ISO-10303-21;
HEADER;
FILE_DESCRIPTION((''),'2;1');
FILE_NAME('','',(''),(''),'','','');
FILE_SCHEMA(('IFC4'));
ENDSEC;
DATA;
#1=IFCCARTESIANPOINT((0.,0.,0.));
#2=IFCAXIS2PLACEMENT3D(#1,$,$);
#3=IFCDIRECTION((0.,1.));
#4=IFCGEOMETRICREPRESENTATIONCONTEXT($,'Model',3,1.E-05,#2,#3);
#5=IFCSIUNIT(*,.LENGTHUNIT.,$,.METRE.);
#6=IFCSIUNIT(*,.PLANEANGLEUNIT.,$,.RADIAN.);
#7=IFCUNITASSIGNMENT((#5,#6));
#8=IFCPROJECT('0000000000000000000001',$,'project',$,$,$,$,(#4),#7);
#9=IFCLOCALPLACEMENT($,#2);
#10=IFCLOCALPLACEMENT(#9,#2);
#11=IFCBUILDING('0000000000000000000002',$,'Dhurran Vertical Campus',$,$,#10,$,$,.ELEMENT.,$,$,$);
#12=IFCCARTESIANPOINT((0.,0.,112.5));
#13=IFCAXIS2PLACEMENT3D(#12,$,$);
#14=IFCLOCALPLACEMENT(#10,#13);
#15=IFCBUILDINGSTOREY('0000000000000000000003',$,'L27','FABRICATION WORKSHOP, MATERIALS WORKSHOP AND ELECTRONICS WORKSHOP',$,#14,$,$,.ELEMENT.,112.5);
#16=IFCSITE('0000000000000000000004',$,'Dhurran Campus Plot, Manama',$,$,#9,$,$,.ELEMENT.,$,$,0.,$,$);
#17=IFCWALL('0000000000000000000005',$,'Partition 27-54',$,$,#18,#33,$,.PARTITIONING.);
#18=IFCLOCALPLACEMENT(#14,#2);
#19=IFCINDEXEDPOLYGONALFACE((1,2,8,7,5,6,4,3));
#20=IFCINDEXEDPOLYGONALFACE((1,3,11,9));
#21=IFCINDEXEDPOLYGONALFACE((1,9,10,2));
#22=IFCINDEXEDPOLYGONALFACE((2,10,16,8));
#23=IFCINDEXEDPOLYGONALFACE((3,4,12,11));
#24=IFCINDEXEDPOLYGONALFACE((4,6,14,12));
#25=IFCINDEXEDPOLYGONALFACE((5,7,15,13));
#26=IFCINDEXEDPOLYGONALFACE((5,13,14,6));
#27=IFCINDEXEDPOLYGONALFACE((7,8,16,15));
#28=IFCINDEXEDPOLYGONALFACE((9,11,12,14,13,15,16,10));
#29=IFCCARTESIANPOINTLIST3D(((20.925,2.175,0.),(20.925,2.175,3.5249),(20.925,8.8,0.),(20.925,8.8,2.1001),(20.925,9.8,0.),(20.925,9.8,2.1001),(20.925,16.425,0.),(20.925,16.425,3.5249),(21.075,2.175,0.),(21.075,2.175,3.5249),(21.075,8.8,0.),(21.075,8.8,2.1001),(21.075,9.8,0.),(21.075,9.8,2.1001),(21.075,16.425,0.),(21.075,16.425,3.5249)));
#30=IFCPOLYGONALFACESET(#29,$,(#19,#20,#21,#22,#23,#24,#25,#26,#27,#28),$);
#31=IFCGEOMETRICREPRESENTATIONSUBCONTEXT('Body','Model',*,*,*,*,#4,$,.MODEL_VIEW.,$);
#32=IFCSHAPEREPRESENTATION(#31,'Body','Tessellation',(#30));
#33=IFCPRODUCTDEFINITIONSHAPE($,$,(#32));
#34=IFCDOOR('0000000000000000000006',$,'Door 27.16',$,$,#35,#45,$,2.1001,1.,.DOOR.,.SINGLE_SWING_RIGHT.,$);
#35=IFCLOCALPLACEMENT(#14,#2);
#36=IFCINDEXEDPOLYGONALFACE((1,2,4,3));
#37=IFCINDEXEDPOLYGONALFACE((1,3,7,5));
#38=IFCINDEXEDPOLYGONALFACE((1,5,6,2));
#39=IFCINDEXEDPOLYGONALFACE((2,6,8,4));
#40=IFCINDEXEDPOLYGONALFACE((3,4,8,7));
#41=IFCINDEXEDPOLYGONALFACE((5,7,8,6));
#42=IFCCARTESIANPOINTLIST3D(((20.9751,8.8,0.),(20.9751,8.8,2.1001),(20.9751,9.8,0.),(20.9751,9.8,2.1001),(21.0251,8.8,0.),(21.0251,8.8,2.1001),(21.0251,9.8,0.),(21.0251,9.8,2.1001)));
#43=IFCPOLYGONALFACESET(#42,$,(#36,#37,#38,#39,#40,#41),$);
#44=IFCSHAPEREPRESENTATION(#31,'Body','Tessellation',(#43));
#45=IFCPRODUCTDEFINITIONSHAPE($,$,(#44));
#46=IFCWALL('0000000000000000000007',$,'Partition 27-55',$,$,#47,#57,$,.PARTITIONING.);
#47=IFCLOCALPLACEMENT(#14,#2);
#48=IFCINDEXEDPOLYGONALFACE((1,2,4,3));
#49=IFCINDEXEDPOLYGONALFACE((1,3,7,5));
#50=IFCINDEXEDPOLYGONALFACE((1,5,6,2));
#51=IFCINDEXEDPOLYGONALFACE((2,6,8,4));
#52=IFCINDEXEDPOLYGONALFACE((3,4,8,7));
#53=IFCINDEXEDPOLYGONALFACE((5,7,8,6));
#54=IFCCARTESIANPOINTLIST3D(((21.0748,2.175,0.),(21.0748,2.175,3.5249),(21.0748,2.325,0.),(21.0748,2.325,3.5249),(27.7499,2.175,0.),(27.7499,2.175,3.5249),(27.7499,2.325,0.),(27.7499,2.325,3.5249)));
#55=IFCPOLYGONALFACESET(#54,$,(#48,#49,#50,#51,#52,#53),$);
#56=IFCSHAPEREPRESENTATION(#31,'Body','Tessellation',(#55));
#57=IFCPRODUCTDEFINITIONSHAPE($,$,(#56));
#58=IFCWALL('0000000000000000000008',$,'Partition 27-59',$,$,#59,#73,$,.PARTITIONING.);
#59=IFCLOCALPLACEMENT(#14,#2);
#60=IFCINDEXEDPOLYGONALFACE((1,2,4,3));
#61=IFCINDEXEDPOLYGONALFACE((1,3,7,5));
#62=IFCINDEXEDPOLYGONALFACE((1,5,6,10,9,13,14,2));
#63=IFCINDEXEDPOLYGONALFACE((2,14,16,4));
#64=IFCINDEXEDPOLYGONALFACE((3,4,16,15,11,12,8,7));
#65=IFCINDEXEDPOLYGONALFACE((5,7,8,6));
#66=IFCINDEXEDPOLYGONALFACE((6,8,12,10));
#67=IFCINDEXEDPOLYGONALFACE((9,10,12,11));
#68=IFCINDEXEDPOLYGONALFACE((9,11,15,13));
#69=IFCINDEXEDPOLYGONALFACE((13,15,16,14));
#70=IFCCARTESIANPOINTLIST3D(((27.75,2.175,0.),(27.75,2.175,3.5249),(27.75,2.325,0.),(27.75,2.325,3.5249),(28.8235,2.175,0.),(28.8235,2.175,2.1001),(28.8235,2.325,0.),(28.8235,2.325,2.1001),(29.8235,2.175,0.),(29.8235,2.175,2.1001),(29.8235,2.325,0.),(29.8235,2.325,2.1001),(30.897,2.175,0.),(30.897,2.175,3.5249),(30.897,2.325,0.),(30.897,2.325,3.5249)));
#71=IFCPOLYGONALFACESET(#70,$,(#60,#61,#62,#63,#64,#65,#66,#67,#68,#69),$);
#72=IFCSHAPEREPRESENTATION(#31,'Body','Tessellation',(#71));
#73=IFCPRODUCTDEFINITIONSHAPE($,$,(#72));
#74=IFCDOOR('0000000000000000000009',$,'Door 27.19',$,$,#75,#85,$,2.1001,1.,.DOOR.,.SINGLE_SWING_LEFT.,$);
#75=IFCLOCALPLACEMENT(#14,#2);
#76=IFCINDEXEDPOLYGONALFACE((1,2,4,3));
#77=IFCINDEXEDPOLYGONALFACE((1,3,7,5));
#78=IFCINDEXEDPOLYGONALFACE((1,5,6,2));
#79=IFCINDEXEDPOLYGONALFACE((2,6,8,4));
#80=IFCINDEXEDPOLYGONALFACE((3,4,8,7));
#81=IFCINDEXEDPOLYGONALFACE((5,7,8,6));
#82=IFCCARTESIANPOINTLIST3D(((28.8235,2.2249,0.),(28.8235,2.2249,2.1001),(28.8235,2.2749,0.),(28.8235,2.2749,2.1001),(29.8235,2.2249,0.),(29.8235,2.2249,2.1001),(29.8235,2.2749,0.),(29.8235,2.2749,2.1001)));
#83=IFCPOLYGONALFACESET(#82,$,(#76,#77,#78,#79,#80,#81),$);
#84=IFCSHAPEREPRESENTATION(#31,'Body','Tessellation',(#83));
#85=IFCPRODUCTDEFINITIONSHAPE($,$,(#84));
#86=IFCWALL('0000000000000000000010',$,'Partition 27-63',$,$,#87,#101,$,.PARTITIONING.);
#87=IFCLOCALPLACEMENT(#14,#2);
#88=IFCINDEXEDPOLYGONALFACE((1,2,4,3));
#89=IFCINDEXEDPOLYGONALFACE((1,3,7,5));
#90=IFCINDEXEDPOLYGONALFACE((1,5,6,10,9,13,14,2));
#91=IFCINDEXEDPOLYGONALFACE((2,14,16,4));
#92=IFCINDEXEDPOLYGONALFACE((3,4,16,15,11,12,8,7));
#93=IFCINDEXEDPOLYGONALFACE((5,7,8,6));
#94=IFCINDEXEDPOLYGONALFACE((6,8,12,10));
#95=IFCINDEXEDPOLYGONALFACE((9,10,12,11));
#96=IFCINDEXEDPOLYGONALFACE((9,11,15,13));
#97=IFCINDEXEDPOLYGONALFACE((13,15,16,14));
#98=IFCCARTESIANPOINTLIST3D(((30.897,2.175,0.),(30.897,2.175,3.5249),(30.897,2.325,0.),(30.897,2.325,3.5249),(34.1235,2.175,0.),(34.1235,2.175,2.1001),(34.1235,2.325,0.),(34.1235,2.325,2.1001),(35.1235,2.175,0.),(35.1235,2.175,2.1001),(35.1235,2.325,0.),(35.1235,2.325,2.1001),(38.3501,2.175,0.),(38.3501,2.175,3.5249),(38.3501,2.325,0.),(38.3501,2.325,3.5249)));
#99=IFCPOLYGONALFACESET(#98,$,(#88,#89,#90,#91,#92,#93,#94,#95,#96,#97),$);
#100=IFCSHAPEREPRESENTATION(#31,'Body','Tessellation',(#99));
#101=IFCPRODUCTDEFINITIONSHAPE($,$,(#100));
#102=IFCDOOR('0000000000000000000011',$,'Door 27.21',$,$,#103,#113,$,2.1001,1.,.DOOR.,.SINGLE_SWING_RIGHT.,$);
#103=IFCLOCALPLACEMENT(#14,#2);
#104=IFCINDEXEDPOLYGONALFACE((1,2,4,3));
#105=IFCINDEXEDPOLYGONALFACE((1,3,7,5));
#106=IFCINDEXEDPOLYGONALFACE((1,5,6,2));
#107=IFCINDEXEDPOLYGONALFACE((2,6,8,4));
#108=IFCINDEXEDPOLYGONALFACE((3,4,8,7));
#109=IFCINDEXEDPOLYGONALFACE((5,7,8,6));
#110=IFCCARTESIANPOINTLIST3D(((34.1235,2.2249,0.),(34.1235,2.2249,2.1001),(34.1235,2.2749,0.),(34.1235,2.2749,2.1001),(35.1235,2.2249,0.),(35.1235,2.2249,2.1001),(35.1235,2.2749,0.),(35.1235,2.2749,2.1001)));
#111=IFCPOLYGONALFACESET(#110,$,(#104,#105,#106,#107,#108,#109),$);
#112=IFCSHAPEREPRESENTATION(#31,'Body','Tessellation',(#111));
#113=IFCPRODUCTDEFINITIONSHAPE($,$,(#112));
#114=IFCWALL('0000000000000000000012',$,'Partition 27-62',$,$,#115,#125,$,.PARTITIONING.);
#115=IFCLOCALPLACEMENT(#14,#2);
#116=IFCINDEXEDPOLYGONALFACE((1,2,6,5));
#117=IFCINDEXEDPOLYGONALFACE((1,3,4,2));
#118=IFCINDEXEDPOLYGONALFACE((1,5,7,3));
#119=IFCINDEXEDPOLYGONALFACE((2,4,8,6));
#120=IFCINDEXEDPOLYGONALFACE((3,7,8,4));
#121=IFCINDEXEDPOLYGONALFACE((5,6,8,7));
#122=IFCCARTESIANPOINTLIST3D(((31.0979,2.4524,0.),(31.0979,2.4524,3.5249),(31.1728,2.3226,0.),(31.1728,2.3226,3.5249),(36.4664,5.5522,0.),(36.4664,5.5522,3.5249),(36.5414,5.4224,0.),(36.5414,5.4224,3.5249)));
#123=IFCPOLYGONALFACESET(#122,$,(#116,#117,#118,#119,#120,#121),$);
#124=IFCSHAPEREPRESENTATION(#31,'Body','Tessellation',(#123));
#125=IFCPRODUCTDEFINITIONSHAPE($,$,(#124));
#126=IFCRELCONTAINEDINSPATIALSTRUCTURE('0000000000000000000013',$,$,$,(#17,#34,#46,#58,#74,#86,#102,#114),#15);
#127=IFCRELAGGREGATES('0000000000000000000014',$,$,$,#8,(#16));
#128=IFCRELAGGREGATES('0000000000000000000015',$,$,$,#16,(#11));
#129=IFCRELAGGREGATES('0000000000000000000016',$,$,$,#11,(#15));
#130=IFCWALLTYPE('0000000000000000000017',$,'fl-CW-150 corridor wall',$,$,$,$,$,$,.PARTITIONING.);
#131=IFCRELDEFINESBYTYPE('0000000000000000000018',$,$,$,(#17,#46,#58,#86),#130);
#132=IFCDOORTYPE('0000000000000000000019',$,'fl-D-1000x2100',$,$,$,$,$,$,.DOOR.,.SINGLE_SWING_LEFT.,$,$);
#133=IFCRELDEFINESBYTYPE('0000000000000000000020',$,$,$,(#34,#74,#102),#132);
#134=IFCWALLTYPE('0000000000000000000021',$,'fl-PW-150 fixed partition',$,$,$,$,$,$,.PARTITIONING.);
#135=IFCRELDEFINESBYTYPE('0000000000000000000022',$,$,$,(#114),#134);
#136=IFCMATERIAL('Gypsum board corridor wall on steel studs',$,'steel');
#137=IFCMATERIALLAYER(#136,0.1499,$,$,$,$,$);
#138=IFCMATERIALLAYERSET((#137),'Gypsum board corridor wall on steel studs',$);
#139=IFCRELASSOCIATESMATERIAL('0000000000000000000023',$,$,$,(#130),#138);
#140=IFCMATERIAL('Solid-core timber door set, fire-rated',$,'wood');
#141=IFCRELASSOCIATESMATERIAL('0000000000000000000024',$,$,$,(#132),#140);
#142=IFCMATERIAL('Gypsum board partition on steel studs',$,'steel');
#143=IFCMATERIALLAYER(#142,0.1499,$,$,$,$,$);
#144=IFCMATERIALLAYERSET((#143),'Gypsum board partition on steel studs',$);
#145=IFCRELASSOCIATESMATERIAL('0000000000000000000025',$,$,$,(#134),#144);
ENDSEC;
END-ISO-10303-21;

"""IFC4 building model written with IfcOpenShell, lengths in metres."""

from ifc_helpers import new_model, si_unit, direction, frame, frame_2d, origin, place, context, subcontext, project, spatial, rectangle, extrude, material, layer, layer_set, type_object, element, fill, save


model = new_model("IFC4")

# Units and contexts
model_context = context("Model", 3, precision=1e-05, world=origin(), true_north=direction((0.0, 1.0)))
body_context = subcontext(model_context, "Body", "Model", "MODEL_VIEW")
ifc_project = project(units=[si_unit("LENGTHUNIT", "METRE"), si_unit("PLANEANGLEUNIT", "RADIAN")], contexts=[model_context])

# Site, building, storey
site_placement = place(None, origin())
site = spatial("IfcSite", under=ifc_project, at=site_placement, Name="Dhurran Campus Plot, Manama", CompositionType="ELEMENT", RefElevation=0.0)
building_placement = place(site_placement, origin())
building = spatial("IfcBuilding", under=site, at=building_placement, Name="Dhurran Vertical Campus", CompositionType="ELEMENT")
storey_placement = place(building_placement, frame((0.0, 0.0, 112.5)))
storey = spatial("IfcBuildingStorey", under=building, at=storey_placement, Name="L27", Description="FABRICATION WORKSHOP, MATERIALS WORKSHOP AND ELECTRONICS WORKSHOP", CompositionType="ELEMENT", Elevation=112.5)

# Wall, opening, door
ifc_material_1 = material(Name="Gypsum board corridor wall on steel studs", Category="steel")
ifc_layer_1 = layer(ifc_material_1, 0.1499)
ifc_layer_set_1 = layer_set([ifc_layer_1], Name="Gypsum board corridor wall on steel studs")
wall_type_1 = type_object("IfcWallType", Name="fl-CW-150 corridor wall", PredefinedType="PARTITIONING", material=ifc_layer_set_1)
wall_1_placement = place(storey_placement, frame((21.0, 2.175, 0.0), z_axis=(0.0, 0.0, 1.0), x_axis=(0.0, 1.0, 0.0)))
wall_1 = element("IfcWall", 1, at=wall_1_placement, inside=storey, type_object=wall_type_1, Name="Partition 27-54", PredefinedType="PARTITIONING", context=body_context, shape_type="SweptSolid", body=[
    extrude(rectangle(XDim=14.25, YDim=0.1499, at=frame_2d((7.125, 0.0))), origin(), (0.0, 0.0, 1.0), 3.5249),
])
opening_1_placement = place(wall_1_placement, frame((6.625, 0.0, 0.0)))
opening_1 = element("IfcOpeningElement", 2, at=opening_1_placement, cuts=wall_1, PredefinedType="OPENING", context=body_context, shape_type="SweptSolid", body=[
    extrude(rectangle(XDim=1.0, YDim=2.1001, at=frame_2d((0.5, 1.05))), frame((0.0, 0.085, 0.0), z_axis=(0.0, -1.0, 0.0), x_axis=(1.0, 0.0, 0.0)), (0.0, 0.0, 1.0), 0.1699),
])
ifc_material_2 = material(Name="Solid-core timber door set, fire-rated", Category="wood")
door_type_1 = type_object("IfcDoorType", Name="fl-D-1000x2100", OperationType="SINGLE_SWING_LEFT", PredefinedType="DOOR", material=ifc_material_2)
door_1_placement = place(opening_1_placement, origin())
door_1 = element("IfcDoor", 3, at=door_1_placement, inside=storey, type_object=door_type_1, Name="Door 27.16", OperationType="SINGLE_SWING_RIGHT", OverallHeight=2.1001, OverallWidth=1.0, PredefinedType="DOOR", context=body_context, shape_type="SweptSolid", body=[
    extrude(rectangle(XDim=1.0, YDim=2.1001, at=frame_2d((0.5, 1.05))), frame((0.0, 0.0249, 0.0), z_axis=(0.0, -1.0, 0.0), x_axis=(1.0, 0.0, 0.0)), (0.0, 0.0, 1.0), 0.05),
])
fill(opening_1, door_1)

# Wall
wall_2_placement = place(storey_placement, frame((21.075, 2.25, 0.0), z_axis=(0.0, 0.0, 1.0), x_axis=(1.0, 0.0, 0.0)))
element("IfcWall", 4, at=wall_2_placement, inside=storey, type_object=wall_type_1, Name="Partition 27-55", PredefinedType="PARTITIONING", context=body_context, shape_type="SweptSolid", body=[
    extrude(rectangle(XDim=6.675, YDim=0.1499, at=frame_2d((3.3374, 0.0))), origin(), (0.0, 0.0, 1.0), 3.5249),
])

# Walls, openings, doors
wall_3_placement = place(storey_placement, frame((27.75, 2.25, 0.0), z_axis=(0.0, 0.0, 1.0), x_axis=(1.0, 0.0, 0.0)))
wall_3 = element("IfcWall", 5, at=wall_3_placement, inside=storey, type_object=wall_type_1, Name="Partition 27-59", PredefinedType="PARTITIONING", context=body_context, shape_type="SweptSolid", body=[
    extrude(rectangle(XDim=3.147, YDim=0.1499, at=frame_2d((1.5735, 0.0))), origin(), (0.0, 0.0, 1.0), 3.5249),
])
opening_2_placement = place(wall_3_placement, frame((1.0735, 0.0, 0.0)))
opening_2 = element("IfcOpeningElement", 6, at=opening_2_placement, cuts=wall_3, PredefinedType="OPENING", context=body_context, shape_type="SweptSolid", body=[
    extrude(rectangle(XDim=1.0, YDim=2.1001, at=frame_2d((0.5, 1.05))), frame((0.0, 0.085, 0.0), z_axis=(0.0, -1.0, 0.0), x_axis=(1.0, 0.0, 0.0)), (0.0, 0.0, 1.0), 0.1699),
])
door_2_placement = place(opening_2_placement, origin())
door_2 = element("IfcDoor", 7, at=door_2_placement, inside=storey, type_object=door_type_1, Name="Door 27.19", OperationType="SINGLE_SWING_LEFT", OverallHeight=2.1001, OverallWidth=1.0, PredefinedType="DOOR", context=body_context, shape_type="SweptSolid", body=[
    extrude(rectangle(XDim=1.0, YDim=2.1001, at=frame_2d((0.5, 1.05))), frame((0.0, 0.0249, 0.0), z_axis=(0.0, -1.0, 0.0), x_axis=(1.0, 0.0, 0.0)), (0.0, 0.0, 1.0), 0.05),
])
fill(opening_2, door_2)
wall_4_placement = place(storey_placement, frame((30.897, 2.25, 0.0), z_axis=(0.0, 0.0, 1.0), x_axis=(1.0, 0.0, 0.0)))
wall_4 = element("IfcWall", 8, at=wall_4_placement, inside=storey, type_object=wall_type_1, Name="Partition 27-63", PredefinedType="PARTITIONING", context=body_context, shape_type="SweptSolid", body=[
    extrude(rectangle(XDim=7.4531, YDim=0.1499, at=frame_2d((3.7266, 0.0))), origin(), (0.0, 0.0, 1.0), 3.5249),
])
opening_3_placement = place(wall_4_placement, frame((3.2266, 0.0, 0.0)))
opening_3 = element("IfcOpeningElement", 9, at=opening_3_placement, cuts=wall_4, PredefinedType="OPENING", context=body_context, shape_type="SweptSolid", body=[
    extrude(rectangle(XDim=1.0, YDim=2.1001, at=frame_2d((0.5, 1.05))), frame((0.0, 0.085, 0.0), z_axis=(0.0, -1.0, 0.0), x_axis=(1.0, 0.0, 0.0)), (0.0, 0.0, 1.0), 0.1699),
])
door_3_placement = place(opening_3_placement, origin())
door_3 = element("IfcDoor", 10, at=door_3_placement, inside=storey, type_object=door_type_1, Name="Door 27.21", OperationType="SINGLE_SWING_RIGHT", OverallHeight=2.1001, OverallWidth=1.0, PredefinedType="DOOR", context=body_context, shape_type="SweptSolid", body=[
    extrude(rectangle(XDim=1.0, YDim=2.1001, at=frame_2d((0.5, 1.05))), frame((0.0, 0.0249, 0.0), z_axis=(0.0, -1.0, 0.0), x_axis=(1.0, 0.0, 0.0)), (0.0, 0.0, 1.0), 0.05),
])
fill(opening_3, door_3)

# Wall
ifc_material_3 = material(Name="Gypsum board partition on steel studs", Category="steel")
ifc_layer_2 = layer(ifc_material_3, 0.1499)
ifc_layer_set_2 = layer_set([ifc_layer_2], Name="Gypsum board partition on steel studs")
wall_type_2 = type_object("IfcWallType", Name="fl-PW-150 fixed partition", PredefinedType="PARTITIONING", material=ifc_layer_set_2)
wall_5_placement = place(storey_placement, frame((36.5039, 5.4873, 0.0), z_axis=(0.0, 0.0, 1.0), x_axis=(-0.866007, -0.500032, 0.0)))
element("IfcWall", 11, at=wall_5_placement, inside=storey, type_object=wall_type_2, Name="Partition 27-62", PredefinedType="PARTITIONING", context=body_context, shape_type="SweptSolid", body=[
    extrude(rectangle(XDim=6.1992, YDim=0.1499, at=frame_2d((3.0996, 0.0))), origin(), (0.0, 0.0, 1.0), 3.5249),
])

save(model, "model.ifc")
